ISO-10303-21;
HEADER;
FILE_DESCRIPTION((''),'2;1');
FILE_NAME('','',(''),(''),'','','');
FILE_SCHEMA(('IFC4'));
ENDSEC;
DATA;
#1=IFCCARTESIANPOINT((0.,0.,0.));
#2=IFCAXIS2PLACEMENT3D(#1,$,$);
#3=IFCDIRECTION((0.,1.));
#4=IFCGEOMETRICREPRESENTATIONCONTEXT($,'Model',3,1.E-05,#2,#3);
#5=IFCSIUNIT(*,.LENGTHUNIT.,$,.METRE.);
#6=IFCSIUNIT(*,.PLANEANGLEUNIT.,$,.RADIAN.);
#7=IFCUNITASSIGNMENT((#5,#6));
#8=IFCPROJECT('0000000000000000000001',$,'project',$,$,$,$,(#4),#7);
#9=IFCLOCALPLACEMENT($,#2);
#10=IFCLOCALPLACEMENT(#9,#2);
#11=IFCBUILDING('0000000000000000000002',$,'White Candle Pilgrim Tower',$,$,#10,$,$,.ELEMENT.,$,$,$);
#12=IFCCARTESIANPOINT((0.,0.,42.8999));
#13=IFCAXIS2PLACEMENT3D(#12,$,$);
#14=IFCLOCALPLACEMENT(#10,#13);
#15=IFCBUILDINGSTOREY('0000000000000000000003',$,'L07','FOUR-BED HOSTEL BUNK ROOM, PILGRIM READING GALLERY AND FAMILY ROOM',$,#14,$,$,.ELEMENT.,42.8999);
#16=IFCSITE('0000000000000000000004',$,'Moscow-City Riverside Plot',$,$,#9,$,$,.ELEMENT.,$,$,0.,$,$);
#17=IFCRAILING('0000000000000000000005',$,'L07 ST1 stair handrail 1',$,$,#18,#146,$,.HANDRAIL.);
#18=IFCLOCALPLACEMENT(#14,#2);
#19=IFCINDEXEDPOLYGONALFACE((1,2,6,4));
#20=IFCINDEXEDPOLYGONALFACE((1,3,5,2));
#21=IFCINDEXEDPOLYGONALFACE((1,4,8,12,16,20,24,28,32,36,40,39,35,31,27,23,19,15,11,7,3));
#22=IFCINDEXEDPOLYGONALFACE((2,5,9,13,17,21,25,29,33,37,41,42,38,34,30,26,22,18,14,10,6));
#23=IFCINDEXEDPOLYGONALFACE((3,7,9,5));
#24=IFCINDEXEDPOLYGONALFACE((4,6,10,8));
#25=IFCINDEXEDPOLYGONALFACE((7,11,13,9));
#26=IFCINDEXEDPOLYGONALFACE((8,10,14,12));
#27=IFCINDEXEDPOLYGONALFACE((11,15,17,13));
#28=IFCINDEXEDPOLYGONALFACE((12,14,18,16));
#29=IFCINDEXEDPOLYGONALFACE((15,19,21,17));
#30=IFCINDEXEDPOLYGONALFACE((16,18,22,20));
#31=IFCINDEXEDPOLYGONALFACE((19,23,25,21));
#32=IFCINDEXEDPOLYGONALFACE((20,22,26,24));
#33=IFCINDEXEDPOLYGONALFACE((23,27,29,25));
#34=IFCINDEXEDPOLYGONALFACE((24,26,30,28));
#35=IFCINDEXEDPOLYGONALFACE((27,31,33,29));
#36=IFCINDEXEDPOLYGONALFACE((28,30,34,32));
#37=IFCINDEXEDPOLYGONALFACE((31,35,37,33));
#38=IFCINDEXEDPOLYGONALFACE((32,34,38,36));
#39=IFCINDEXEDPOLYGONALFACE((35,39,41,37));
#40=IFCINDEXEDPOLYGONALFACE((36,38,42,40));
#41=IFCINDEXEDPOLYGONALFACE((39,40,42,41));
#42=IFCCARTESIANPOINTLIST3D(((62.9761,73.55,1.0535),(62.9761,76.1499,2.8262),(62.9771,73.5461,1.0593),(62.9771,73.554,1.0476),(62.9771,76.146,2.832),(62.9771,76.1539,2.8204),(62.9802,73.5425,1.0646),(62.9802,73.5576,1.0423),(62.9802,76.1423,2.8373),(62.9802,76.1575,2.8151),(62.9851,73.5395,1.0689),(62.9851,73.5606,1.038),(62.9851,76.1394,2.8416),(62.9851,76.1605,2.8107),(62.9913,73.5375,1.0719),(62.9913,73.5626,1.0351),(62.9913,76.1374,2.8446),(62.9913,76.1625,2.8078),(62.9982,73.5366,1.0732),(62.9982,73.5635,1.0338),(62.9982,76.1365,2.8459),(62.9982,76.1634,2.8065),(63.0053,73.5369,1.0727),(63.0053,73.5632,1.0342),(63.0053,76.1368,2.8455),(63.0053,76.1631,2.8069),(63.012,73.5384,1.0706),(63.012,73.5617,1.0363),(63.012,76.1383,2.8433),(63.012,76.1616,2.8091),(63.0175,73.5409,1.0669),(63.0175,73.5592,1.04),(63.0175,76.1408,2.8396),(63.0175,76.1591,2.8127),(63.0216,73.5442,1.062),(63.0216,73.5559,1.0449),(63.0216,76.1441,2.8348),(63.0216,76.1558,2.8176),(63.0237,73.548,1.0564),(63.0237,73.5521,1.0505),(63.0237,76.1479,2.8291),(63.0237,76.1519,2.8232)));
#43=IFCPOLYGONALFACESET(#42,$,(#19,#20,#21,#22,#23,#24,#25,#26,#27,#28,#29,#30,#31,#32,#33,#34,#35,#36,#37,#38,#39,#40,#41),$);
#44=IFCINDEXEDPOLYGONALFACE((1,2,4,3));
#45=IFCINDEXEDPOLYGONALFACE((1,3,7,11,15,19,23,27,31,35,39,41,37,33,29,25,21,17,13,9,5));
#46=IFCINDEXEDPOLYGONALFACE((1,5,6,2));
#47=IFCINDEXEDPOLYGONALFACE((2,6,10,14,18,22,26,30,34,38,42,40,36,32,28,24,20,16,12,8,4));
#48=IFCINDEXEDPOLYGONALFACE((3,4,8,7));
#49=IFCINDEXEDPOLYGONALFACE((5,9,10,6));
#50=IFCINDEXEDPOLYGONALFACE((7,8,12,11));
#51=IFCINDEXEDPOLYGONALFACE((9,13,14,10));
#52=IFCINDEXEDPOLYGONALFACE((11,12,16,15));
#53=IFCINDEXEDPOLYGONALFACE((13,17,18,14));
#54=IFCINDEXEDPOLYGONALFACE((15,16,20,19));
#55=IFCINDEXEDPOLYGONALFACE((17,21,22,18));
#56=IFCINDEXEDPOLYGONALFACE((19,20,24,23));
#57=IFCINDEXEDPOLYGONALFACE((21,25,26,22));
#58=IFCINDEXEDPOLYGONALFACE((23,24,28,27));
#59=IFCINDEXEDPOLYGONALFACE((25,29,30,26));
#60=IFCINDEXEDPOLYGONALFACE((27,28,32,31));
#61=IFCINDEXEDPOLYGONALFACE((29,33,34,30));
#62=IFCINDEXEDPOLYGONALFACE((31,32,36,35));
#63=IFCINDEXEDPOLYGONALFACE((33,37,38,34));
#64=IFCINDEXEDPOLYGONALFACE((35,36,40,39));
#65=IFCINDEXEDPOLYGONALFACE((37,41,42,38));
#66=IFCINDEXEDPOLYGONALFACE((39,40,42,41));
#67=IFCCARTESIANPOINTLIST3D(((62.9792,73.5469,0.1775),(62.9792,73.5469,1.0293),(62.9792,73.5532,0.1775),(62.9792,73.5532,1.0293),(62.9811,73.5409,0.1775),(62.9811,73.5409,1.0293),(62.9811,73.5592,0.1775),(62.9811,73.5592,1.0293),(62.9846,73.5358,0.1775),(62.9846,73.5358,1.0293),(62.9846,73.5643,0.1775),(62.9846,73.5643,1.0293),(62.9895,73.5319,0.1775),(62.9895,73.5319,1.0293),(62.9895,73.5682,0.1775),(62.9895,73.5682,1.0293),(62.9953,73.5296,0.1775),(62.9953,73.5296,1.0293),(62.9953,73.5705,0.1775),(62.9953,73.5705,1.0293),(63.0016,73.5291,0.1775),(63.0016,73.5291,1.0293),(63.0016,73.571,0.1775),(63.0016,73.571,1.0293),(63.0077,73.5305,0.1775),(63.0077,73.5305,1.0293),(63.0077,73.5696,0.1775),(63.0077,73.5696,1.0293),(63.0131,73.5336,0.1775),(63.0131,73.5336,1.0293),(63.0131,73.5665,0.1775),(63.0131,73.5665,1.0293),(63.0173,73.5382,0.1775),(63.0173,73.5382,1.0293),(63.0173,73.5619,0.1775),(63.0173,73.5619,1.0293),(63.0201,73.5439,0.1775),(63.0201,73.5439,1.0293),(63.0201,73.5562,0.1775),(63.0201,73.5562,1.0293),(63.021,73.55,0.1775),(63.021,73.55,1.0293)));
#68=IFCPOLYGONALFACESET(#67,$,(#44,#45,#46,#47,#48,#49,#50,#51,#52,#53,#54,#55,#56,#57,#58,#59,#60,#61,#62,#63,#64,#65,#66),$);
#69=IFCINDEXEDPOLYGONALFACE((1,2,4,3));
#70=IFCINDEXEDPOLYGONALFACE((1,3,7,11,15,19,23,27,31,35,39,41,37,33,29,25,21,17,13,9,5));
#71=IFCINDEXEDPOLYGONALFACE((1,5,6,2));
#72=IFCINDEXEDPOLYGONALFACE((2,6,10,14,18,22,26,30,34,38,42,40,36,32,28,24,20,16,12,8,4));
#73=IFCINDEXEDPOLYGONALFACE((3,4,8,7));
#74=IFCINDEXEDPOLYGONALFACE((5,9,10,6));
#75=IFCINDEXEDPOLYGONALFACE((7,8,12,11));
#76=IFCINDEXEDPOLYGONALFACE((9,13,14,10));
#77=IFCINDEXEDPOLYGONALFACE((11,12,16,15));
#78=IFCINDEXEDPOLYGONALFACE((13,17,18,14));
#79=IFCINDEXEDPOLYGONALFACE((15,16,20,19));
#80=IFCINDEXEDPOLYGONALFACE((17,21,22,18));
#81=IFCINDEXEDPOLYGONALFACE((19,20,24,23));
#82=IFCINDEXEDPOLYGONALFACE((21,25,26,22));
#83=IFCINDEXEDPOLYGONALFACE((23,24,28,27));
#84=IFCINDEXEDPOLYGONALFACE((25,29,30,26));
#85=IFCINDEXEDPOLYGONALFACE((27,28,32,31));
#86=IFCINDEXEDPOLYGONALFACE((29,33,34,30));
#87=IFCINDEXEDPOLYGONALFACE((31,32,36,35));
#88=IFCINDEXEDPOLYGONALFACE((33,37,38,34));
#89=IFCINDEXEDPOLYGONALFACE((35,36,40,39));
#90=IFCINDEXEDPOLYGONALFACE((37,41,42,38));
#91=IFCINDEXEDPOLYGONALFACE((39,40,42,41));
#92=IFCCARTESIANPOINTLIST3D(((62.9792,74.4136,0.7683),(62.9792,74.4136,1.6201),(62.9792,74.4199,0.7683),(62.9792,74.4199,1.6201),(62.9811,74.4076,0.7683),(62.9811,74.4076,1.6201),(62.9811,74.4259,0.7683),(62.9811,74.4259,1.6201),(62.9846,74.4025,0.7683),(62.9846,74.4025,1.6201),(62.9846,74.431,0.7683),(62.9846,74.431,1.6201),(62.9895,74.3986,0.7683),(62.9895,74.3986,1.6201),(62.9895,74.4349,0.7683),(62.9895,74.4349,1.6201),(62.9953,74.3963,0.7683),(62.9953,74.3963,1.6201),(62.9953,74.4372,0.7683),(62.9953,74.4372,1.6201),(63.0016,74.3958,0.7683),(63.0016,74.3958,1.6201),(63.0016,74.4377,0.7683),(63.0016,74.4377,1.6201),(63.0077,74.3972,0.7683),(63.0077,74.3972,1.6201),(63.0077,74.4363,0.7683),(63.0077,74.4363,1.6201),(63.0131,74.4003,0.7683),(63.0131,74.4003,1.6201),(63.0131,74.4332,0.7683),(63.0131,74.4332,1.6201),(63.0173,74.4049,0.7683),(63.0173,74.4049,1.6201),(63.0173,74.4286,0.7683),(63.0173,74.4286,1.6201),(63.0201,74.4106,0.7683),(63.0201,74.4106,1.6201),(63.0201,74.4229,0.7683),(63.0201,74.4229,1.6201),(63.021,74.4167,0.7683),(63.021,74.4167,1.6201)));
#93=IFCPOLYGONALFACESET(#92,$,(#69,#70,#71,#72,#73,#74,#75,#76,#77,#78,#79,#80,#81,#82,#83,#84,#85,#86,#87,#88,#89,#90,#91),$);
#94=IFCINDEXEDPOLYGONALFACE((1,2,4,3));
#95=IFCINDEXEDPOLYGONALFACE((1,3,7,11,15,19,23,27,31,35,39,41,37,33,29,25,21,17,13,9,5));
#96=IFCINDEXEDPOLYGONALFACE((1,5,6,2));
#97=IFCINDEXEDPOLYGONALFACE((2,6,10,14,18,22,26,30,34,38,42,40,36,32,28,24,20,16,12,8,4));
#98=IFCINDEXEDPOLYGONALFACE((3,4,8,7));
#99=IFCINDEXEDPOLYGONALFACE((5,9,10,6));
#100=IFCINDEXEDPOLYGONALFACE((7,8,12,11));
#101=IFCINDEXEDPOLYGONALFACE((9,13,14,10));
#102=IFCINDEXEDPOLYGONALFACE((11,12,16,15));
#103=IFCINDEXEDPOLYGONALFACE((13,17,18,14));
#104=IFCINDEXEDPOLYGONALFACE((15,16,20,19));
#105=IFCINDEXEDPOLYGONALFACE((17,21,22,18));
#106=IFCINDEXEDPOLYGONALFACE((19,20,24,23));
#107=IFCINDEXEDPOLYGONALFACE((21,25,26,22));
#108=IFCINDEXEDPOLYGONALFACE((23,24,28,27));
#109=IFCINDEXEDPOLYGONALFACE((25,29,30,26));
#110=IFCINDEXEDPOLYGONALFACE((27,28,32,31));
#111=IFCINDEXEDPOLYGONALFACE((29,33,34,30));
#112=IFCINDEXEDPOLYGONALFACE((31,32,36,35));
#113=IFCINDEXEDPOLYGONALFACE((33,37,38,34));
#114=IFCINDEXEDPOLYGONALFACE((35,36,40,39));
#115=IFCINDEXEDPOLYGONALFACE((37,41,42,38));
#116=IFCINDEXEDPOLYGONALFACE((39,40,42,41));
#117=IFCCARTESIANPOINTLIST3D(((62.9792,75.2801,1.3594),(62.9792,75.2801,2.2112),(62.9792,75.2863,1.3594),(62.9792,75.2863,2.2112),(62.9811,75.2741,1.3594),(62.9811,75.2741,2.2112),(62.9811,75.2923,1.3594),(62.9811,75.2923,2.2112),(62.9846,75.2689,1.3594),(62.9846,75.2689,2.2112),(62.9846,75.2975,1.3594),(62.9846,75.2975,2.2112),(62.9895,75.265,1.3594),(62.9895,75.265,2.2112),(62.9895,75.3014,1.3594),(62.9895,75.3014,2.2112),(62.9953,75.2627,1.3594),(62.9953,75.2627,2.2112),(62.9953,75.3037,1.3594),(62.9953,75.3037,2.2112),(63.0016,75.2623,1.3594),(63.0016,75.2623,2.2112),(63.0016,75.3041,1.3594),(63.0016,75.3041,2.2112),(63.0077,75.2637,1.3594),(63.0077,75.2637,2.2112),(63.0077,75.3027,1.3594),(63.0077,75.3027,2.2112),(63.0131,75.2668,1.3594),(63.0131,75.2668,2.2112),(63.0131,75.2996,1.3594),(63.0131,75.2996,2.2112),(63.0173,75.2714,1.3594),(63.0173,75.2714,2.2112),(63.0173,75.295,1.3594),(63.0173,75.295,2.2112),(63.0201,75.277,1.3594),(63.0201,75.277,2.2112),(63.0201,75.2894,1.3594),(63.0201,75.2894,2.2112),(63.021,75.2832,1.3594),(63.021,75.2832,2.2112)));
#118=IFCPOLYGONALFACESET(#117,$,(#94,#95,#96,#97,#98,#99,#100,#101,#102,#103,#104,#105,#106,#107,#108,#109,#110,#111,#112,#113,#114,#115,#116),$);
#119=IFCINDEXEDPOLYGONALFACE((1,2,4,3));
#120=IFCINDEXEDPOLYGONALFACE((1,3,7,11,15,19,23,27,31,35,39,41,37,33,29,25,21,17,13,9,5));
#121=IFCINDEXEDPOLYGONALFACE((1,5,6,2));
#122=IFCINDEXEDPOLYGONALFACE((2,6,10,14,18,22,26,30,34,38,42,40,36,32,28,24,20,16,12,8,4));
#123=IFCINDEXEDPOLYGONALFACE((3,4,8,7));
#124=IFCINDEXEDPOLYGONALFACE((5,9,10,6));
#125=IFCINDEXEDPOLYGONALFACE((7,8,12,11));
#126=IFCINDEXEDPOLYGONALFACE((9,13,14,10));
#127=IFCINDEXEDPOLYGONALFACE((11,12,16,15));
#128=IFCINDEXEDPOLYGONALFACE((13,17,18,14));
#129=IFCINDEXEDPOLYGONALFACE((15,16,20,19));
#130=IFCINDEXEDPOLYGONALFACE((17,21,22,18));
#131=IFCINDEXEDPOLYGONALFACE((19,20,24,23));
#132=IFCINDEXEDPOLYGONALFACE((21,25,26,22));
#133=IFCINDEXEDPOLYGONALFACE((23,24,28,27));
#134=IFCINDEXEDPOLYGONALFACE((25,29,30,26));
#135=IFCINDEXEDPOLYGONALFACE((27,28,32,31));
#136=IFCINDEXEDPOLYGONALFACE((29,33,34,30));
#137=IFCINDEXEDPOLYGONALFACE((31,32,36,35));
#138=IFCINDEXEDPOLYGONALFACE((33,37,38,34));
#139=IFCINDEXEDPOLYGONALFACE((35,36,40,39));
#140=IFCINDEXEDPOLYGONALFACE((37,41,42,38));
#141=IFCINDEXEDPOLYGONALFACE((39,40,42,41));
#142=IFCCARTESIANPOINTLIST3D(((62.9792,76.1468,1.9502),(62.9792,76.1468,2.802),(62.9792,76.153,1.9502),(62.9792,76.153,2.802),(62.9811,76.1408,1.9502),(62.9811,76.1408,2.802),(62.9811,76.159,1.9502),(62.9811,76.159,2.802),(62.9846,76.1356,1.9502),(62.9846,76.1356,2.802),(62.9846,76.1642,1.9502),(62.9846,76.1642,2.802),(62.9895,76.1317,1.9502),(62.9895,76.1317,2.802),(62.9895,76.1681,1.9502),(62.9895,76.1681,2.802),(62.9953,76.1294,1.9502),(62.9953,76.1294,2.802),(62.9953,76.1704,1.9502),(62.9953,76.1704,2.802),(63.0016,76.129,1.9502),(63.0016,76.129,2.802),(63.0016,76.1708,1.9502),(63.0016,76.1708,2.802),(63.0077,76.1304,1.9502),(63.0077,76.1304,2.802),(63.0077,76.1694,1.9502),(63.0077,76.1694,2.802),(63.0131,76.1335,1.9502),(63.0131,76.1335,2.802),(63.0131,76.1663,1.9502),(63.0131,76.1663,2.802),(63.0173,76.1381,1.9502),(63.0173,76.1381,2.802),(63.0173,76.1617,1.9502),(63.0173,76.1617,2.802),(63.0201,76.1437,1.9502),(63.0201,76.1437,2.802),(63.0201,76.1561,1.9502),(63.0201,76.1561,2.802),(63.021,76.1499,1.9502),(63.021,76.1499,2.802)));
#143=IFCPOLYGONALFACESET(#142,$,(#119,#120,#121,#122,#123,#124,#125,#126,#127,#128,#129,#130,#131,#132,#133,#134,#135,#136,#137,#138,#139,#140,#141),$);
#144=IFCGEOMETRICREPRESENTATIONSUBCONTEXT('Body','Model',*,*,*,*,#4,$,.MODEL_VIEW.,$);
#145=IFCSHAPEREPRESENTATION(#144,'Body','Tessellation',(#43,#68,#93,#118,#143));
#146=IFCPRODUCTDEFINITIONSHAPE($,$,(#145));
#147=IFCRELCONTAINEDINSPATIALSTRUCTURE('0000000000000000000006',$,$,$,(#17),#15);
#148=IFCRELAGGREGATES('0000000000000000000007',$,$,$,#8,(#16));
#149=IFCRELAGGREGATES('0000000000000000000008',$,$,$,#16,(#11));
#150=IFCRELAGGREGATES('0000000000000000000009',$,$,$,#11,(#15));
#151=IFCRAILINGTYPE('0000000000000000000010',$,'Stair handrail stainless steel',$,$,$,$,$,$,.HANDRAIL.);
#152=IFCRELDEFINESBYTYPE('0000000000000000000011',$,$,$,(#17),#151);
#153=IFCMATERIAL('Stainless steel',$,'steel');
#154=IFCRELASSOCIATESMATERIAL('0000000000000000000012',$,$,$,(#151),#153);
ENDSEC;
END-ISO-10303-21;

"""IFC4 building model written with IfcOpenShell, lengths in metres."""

from ifc_helpers import new_model, si_unit, direction, frame, origin, origin_2d, place, context, subcontext, project, spatial, circle, extrude, material, type_object, element, save


model = new_model("IFC4")

# Units and contexts
model_context = context("Model", 3, precision=1e-05, world=origin(), true_north=direction((0.0, 1.0)))
body_context = subcontext(model_context, "Body", "Model", "MODEL_VIEW")
ifc_project = project(units=[si_unit("LENGTHUNIT", "METRE"), si_unit("PLANEANGLEUNIT", "RADIAN")], contexts=[model_context])

# Site, building, storey
site_placement = place(None, origin())
site = spatial("IfcSite", under=ifc_project, at=site_placement, Name="Moscow-City Riverside Plot", CompositionType="ELEMENT", RefElevation=0.0)
building_placement = place(site_placement, origin())
building = spatial("IfcBuilding", under=site, at=building_placement, Name="White Candle Pilgrim Tower", CompositionType="ELEMENT")
storey_placement = place(building_placement, frame((0.0, 0.0, 42.8999)))
storey = spatial("IfcBuildingStorey", under=building, at=storey_placement, Name="L07", Description="FOUR-BED HOSTEL BUNK ROOM, PILGRIM READING GALLERY AND FAMILY ROOM", CompositionType="ELEMENT", Elevation=42.8999)

# Railing
ifc_material_1 = material(Name="Stainless steel", Category="steel")
railing_type_1 = type_object("IfcRailingType", Name="Stair handrail stainless steel", PredefinedType="HANDRAIL", material=ifc_material_1)
railing_1_placement = place(storey_placement, frame((63.0, 73.55, 0.1775)))
element("IfcRailing", 1, at=railing_1_placement, inside=storey, type_object=railing_type_1, Name="L07 ST1 stair handrail 1", PredefinedType="HANDRAIL", context=body_context, shape_type="SweptSolid", body=[
    extrude(circle(Radius=0.0239, at=origin_2d()), frame((0.0, 0.0, 0.876), z_axis=(0.0, 0.826216, 0.563354), x_axis=(-1.0, 0.0, 0.0)), (0.0, 0.0, 1.0), 3.1467),
    extrude(circle(Radius=0.021, at=origin_2d()), origin(), (0.0, 0.0, 1.0), 0.8518),
    extrude(circle(Radius=0.021, at=origin_2d()), frame((0.0, 0.8667, 0.5908)), (0.0, 0.0, 1.0), 0.8518),
    extrude(circle(Radius=0.021, at=origin_2d()), frame((0.0, 1.7332, 1.1819)), (0.0, 0.0, 1.0), 0.8518),
    extrude(circle(Radius=0.021, at=origin_2d()), frame((0.0, 2.5999, 1.7727)), (0.0, 0.0, 1.0), 0.8518),
])

save(model, "model.ifc")
